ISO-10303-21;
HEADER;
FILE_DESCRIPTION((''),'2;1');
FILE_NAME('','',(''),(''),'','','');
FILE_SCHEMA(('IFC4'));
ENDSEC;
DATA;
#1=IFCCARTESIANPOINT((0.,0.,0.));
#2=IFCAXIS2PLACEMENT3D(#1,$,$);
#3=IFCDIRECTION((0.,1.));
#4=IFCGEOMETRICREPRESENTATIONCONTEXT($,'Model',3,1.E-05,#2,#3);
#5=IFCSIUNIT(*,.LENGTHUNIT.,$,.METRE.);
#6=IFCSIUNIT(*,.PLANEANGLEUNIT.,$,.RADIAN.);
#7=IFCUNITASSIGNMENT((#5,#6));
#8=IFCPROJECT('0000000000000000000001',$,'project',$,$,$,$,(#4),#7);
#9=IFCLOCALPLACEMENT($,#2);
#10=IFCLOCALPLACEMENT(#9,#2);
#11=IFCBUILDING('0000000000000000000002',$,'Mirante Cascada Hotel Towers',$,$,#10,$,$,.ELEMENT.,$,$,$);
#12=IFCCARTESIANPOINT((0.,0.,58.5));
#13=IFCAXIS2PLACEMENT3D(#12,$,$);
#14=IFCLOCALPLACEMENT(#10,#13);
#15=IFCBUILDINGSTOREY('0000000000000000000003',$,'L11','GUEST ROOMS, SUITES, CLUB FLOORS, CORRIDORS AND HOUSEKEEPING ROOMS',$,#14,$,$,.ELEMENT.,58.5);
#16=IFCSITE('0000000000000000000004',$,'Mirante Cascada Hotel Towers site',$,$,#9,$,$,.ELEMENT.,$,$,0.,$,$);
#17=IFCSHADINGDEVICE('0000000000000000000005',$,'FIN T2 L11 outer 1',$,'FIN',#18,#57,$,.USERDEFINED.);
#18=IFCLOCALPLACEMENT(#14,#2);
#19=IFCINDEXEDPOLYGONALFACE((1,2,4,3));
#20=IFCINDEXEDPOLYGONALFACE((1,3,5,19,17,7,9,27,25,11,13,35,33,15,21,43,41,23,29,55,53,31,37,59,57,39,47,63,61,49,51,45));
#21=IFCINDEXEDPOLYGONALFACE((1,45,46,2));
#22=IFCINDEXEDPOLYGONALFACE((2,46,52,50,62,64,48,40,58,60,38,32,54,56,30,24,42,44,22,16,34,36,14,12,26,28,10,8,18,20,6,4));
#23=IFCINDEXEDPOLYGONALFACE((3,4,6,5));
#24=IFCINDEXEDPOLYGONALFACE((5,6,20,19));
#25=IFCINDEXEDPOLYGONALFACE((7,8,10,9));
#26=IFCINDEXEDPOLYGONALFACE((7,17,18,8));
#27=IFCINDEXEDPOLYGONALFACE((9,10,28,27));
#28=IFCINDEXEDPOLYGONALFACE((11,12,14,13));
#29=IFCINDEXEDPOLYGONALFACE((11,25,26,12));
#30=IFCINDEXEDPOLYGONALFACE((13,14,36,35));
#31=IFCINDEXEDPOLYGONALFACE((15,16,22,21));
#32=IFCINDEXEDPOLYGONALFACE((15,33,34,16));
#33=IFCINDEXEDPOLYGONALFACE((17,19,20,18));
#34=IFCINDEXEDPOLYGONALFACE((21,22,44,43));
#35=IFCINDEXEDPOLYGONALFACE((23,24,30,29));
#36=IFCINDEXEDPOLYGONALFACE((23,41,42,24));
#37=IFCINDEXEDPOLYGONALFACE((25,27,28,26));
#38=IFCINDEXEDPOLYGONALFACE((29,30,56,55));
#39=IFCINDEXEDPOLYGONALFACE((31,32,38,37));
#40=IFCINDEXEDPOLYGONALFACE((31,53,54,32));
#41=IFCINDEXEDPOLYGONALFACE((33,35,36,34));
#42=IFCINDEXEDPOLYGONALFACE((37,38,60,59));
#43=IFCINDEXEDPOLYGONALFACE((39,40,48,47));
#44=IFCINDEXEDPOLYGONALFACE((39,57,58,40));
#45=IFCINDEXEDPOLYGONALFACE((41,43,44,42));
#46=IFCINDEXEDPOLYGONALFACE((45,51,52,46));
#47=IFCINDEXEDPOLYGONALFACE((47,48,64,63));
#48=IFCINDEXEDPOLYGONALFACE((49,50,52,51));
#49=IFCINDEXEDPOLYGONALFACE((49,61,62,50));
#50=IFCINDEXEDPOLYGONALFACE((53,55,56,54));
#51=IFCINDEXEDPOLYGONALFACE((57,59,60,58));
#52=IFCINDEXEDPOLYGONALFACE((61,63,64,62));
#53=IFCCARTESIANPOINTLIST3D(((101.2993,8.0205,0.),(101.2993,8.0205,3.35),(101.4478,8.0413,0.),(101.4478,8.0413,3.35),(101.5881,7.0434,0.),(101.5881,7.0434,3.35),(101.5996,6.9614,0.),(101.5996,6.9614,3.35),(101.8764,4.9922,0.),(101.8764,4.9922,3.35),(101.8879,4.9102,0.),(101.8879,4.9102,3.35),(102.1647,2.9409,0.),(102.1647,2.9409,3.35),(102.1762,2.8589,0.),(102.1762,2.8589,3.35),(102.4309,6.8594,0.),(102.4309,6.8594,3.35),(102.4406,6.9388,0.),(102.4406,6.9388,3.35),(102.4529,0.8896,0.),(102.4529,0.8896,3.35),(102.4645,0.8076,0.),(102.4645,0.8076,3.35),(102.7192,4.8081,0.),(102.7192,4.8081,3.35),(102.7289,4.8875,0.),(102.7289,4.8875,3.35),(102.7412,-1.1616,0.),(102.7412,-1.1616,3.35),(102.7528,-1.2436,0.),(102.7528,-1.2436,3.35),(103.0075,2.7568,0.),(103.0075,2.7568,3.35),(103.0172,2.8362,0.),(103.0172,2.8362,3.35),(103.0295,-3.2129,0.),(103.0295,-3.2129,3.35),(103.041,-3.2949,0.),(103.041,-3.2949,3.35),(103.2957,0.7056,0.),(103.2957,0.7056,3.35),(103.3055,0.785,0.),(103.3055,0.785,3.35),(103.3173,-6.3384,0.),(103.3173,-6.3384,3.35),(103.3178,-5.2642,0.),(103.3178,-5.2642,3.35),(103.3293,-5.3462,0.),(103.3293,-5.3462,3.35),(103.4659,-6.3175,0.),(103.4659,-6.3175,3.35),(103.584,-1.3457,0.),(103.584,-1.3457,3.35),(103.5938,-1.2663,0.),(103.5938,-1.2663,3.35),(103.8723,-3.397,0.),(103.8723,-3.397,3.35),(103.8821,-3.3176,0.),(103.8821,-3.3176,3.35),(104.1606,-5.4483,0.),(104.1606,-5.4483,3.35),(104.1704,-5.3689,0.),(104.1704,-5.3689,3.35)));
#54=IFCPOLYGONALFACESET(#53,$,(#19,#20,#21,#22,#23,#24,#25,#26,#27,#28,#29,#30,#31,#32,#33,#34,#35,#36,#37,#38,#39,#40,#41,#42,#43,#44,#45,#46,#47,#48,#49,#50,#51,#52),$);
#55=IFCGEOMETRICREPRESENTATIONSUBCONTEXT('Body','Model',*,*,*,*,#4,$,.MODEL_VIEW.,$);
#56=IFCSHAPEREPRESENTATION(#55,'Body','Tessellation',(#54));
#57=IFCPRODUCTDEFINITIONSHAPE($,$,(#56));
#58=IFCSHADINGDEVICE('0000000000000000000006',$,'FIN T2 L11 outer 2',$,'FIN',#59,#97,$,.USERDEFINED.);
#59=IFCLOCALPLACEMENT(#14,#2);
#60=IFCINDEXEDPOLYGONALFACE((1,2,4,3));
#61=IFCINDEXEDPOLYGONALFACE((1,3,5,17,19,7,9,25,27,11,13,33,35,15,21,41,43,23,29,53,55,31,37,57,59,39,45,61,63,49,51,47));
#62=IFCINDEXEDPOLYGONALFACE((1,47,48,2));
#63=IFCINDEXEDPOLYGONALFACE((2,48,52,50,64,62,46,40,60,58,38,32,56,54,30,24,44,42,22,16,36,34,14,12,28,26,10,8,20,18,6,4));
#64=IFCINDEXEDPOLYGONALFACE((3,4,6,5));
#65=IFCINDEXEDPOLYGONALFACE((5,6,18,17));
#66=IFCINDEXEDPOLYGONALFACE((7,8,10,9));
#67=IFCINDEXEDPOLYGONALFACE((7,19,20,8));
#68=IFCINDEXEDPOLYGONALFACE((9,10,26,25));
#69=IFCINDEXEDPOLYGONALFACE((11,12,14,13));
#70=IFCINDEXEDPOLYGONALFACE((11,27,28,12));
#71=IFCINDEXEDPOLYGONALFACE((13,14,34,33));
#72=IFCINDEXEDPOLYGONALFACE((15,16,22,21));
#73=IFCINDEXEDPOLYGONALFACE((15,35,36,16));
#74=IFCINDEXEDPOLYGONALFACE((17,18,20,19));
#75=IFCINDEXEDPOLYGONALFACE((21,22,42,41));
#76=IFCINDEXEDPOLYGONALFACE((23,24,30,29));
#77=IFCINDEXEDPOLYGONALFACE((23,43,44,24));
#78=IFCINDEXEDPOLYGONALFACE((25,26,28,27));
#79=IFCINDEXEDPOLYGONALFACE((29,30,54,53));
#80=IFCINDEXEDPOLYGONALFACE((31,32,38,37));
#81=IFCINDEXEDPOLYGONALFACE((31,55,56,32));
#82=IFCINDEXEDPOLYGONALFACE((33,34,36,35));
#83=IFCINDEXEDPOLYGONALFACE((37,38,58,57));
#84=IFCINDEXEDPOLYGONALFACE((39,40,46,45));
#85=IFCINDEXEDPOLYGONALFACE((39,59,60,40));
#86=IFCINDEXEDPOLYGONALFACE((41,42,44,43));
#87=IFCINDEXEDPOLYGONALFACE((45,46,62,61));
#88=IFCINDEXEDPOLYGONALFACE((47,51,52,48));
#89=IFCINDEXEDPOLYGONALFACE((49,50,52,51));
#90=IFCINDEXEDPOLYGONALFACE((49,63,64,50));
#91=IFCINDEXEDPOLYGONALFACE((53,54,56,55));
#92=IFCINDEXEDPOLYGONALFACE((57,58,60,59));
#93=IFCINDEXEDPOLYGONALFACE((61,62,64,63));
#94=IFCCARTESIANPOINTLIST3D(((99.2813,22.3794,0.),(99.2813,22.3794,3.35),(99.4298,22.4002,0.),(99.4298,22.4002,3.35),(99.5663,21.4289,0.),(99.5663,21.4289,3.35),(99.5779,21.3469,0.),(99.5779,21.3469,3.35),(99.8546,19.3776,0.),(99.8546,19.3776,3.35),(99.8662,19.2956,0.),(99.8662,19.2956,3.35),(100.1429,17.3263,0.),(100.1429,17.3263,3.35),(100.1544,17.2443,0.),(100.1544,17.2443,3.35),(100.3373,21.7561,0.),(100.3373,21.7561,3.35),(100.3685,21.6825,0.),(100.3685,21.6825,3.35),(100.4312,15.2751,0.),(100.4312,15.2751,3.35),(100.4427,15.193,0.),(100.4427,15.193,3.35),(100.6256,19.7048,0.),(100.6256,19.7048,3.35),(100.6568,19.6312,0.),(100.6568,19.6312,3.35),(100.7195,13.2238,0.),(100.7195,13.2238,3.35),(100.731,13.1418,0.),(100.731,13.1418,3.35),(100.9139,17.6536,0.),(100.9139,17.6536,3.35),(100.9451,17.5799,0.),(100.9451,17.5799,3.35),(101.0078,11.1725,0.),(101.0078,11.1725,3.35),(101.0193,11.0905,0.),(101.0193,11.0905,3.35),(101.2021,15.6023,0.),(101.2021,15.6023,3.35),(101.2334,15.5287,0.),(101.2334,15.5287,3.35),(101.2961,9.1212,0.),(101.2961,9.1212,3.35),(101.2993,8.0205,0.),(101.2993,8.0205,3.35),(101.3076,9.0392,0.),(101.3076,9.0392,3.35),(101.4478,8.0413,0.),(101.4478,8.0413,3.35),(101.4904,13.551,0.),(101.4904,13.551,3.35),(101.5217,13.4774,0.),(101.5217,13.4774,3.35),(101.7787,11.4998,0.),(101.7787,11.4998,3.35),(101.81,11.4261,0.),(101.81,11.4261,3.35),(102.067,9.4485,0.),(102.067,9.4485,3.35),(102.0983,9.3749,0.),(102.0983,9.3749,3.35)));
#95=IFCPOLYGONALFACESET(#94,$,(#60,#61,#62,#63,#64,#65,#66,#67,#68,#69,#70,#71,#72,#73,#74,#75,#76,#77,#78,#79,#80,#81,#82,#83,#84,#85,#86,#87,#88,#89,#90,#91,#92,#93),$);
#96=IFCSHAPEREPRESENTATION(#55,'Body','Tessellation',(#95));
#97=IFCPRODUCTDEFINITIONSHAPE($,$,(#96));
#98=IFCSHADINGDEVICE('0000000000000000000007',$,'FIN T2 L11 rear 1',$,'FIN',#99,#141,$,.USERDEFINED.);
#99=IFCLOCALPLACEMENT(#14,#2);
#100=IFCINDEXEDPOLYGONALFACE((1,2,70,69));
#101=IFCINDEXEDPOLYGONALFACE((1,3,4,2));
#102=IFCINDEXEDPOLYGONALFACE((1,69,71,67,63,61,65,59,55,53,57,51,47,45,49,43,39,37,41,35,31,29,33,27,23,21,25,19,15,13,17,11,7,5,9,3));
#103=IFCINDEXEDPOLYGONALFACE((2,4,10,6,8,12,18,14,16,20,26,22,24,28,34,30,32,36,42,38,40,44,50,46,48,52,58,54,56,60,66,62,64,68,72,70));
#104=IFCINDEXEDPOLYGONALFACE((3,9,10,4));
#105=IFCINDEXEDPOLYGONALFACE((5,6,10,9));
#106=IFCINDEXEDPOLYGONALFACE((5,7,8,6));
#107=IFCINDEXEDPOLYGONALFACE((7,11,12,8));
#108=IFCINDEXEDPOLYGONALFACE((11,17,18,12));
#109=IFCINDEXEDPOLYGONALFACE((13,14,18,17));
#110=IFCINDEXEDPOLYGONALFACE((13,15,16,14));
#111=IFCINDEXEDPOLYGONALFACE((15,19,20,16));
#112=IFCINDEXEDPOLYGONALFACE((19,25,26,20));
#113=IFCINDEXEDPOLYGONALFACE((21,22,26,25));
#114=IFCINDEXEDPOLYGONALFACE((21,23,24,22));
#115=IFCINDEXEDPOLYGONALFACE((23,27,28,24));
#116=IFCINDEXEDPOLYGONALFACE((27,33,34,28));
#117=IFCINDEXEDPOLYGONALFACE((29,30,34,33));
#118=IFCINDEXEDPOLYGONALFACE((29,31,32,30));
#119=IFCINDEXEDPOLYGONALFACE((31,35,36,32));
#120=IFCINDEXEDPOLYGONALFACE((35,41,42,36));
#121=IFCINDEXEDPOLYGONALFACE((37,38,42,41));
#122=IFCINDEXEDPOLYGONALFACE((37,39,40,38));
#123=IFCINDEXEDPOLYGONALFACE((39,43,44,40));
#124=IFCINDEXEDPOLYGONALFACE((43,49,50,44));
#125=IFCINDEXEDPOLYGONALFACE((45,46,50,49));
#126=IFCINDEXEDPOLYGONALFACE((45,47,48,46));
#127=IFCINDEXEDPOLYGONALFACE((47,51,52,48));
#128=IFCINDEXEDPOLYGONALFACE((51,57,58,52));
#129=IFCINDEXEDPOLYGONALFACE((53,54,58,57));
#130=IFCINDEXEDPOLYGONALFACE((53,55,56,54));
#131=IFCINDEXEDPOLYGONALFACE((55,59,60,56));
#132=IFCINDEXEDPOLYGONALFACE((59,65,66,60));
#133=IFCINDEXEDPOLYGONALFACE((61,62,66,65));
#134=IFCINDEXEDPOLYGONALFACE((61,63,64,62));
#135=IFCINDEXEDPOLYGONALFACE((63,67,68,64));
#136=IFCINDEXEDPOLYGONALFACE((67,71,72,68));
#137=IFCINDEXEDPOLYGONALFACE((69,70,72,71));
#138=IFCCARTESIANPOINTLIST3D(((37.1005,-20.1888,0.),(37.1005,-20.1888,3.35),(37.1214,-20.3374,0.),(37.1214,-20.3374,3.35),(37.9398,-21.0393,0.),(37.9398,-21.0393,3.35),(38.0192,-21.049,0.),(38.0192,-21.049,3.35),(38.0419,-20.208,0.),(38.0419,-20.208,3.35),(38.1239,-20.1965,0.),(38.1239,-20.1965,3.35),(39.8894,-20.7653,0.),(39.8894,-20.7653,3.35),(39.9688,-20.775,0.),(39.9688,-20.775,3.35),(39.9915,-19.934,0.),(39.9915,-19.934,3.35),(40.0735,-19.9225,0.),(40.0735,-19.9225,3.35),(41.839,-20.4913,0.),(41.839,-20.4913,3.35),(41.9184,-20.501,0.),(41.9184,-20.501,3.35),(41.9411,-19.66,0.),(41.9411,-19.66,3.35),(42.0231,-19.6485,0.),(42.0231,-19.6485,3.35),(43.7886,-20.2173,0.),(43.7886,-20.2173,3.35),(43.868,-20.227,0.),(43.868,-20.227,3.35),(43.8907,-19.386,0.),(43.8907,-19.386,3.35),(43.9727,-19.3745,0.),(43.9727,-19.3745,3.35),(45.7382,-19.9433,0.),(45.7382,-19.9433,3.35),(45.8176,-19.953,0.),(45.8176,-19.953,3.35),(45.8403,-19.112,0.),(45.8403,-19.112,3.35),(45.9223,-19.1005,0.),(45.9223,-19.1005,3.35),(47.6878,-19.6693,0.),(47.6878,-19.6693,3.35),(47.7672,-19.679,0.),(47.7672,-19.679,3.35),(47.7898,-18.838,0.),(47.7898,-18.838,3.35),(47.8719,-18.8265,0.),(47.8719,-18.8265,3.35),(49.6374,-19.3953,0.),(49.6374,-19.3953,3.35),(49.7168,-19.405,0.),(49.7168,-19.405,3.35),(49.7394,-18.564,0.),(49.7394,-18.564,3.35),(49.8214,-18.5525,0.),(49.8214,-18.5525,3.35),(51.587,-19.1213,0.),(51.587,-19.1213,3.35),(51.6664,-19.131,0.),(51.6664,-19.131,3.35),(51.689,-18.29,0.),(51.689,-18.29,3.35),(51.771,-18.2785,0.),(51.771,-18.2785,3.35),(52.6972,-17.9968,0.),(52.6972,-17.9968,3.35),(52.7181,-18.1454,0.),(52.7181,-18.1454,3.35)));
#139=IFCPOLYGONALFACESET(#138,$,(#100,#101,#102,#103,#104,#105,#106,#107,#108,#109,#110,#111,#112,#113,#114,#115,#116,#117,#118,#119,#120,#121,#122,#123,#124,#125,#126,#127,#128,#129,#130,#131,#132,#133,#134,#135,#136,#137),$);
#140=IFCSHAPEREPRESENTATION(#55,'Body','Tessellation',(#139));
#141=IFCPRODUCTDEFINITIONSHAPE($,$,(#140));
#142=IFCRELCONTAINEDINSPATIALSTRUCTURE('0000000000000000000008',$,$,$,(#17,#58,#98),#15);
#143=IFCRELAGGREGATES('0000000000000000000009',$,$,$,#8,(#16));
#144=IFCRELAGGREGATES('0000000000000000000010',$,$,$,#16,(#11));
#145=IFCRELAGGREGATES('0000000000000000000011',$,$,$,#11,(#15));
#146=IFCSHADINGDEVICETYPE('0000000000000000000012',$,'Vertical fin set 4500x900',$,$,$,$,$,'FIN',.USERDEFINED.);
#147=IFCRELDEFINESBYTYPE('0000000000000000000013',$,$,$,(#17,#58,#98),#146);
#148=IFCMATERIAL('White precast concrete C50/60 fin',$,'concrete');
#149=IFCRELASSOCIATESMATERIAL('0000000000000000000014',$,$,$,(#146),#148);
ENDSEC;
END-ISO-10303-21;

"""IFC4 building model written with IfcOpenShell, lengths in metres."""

from ifc_helpers import new_model, si_unit, direction, frame, origin, place, context, subcontext, project, spatial, polyline, outline, extrude, material, type_object, element, save


model = new_model("IFC4")

# Units and contexts
model_context = context("Model", 3, precision=1e-05, world=origin(), true_north=direction((0.0, 1.0)))
body_context = subcontext(model_context, "Body", "Model", "MODEL_VIEW")
ifc_project = project(units=[si_unit("LENGTHUNIT", "METRE"), si_unit("PLANEANGLEUNIT", "RADIAN")], contexts=[model_context])

# Site, building, storey
site_placement = place(None, origin())
site = spatial("IfcSite", under=ifc_project, at=site_placement, Name="Mirante Cascada Hotel Towers site", CompositionType="ELEMENT", RefElevation=0.0)
building_placement = place(site_placement, origin())
building = spatial("IfcBuilding", under=site, at=building_placement, Name="Mirante Cascada Hotel Towers", CompositionType="ELEMENT")
storey_placement = place(building_placement, frame((0.0, 0.0, 58.5)))
storey = spatial("IfcBuildingStorey", under=building, at=storey_placement, Name="L11", Description="GUEST ROOMS, SUITES, CLUB FLOORS, CORRIDORS AND HOUSEKEEPING ROOMS", CompositionType="ELEMENT", Elevation=58.5)

# Shading devices
ifc_material_1 = material(Name="White precast concrete C50/60 fin", Category="concrete")
shading_device_type = type_object("IfcShadingDeviceType", Name="Vertical fin set 4500x900", ElementType="FIN", PredefinedType="USERDEFINED", material=ifc_material_1)
shading_device_1_placement = place(storey_placement, origin())
element("IfcShadingDevice", 1, at=shading_device_1_placement, inside=storey, type_object=shading_device_type, Name="FIN T2 L11 outer 1", ObjectType="FIN", PredefinedType="USERDEFINED", context=body_context, shape_type="SweptSolid", body=[
    extrude(outline(polyline([(104.1606, -5.4483), (103.3293, -5.3462), (103.4659, -6.3175), (103.3173, -6.3384), (101.2993, 8.0205), (101.4478, 8.0413), (101.5881, 7.0434), (102.4406, 6.9388), (102.4309, 6.8594), (101.5996, 6.9614), (101.8764, 4.9922), (102.7289, 4.8875), (102.7192, 4.8081), (101.8879, 4.9102), (102.1647, 2.9409), (103.0172, 2.8362), (103.0075, 2.7568), (102.1762, 2.8589), (102.4529, 0.8896), (103.3055, 0.785), (103.2957, 0.7056), (102.4645, 0.8076), (102.7412, -1.1616), (103.5938, -1.2663), (103.584, -1.3457), (102.7528, -1.2436), (103.0295, -3.2129), (103.8821, -3.3176), (103.8723, -3.397), (103.041, -3.2949), (103.3178, -5.2642), (104.1704, -5.3689), (104.1606, -5.4483)])), origin(), (0.0, 0.0, 1.0), 3.35),
])
shading_device_2_placement = place(storey_placement, origin())
element("IfcShadingDevice", 2, at=shading_device_2_placement, inside=storey, type_object=shading_device_type, Name="FIN T2 L11 outer 2", ObjectType="FIN", PredefinedType="USERDEFINED", context=body_context, shape_type="SweptSolid", body=[
    extrude(outline(polyline([(102.0983, 9.3749), (101.3076, 9.0392), (101.4478, 8.0413), (101.2993, 8.0205), (99.2813, 22.3794), (99.4298, 22.4002), (99.5663, 21.4289), (100.3373, 21.7561), (100.3685, 21.6825), (99.5779, 21.3469), (99.8546, 19.3776), (100.6256, 19.7048), (100.6568, 19.6312), (99.8662, 19.2956), (100.1429, 17.3263), (100.9139, 17.6536), (100.9451, 17.5799), (100.1544, 17.2443), (100.4312, 15.2751), (101.2021, 15.6023), (101.2334, 15.5287), (100.4427, 15.193), (100.7195, 13.2238), (101.4904, 13.551), (101.5217, 13.4774), (100.731, 13.1418), (101.0078, 11.1725), (101.7787, 11.4998), (101.81, 11.4261), (101.0193, 11.0905), (101.2961, 9.1212), (102.067, 9.4485), (102.0983, 9.3749)])), origin(), (0.0, 0.0, 1.0), 3.35),
])
shading_device_3_placement = place(storey_placement, origin())
element("IfcShadingDevice", 3, at=shading_device_3_placement, inside=storey, type_object=shading_device_type, Name="FIN T2 L11 rear 1", ObjectType="FIN", PredefinedType="USERDEFINED", context=body_context, shape_type="SweptSolid", body=[
    extrude(outline(polyline([(37.9398, -21.0393), (38.0419, -20.208), (37.1214, -20.3374), (37.1005, -20.1888), (52.6972, -17.9968), (52.7181, -18.1454), (51.771, -18.2785), (51.6664, -19.131), (51.587, -19.1213), (51.689, -18.29), (49.8214, -18.5525), (49.7168, -19.405), (49.6374, -19.3953), (49.7394, -18.564), (47.8719, -18.8265), (47.7672, -19.679), (47.6878, -19.6693), (47.7898, -18.838), (45.9223, -19.1005), (45.8176, -19.953), (45.7382, -19.9433), (45.8403, -19.112), (43.9727, -19.3745), (43.868, -20.227), (43.7886, -20.2173), (43.8907, -19.386), (42.0231, -19.6485), (41.9184, -20.501), (41.839, -20.4913), (41.9411, -19.66), (40.0735, -19.9225), (39.9688, -20.775), (39.8894, -20.7653), (39.9915, -19.934), (38.1239, -20.1965), (38.0192, -21.049), (37.9398, -21.0393)])), origin(), (0.0, 0.0, 1.0), 3.35),
])

save(model, "model.ifc")
